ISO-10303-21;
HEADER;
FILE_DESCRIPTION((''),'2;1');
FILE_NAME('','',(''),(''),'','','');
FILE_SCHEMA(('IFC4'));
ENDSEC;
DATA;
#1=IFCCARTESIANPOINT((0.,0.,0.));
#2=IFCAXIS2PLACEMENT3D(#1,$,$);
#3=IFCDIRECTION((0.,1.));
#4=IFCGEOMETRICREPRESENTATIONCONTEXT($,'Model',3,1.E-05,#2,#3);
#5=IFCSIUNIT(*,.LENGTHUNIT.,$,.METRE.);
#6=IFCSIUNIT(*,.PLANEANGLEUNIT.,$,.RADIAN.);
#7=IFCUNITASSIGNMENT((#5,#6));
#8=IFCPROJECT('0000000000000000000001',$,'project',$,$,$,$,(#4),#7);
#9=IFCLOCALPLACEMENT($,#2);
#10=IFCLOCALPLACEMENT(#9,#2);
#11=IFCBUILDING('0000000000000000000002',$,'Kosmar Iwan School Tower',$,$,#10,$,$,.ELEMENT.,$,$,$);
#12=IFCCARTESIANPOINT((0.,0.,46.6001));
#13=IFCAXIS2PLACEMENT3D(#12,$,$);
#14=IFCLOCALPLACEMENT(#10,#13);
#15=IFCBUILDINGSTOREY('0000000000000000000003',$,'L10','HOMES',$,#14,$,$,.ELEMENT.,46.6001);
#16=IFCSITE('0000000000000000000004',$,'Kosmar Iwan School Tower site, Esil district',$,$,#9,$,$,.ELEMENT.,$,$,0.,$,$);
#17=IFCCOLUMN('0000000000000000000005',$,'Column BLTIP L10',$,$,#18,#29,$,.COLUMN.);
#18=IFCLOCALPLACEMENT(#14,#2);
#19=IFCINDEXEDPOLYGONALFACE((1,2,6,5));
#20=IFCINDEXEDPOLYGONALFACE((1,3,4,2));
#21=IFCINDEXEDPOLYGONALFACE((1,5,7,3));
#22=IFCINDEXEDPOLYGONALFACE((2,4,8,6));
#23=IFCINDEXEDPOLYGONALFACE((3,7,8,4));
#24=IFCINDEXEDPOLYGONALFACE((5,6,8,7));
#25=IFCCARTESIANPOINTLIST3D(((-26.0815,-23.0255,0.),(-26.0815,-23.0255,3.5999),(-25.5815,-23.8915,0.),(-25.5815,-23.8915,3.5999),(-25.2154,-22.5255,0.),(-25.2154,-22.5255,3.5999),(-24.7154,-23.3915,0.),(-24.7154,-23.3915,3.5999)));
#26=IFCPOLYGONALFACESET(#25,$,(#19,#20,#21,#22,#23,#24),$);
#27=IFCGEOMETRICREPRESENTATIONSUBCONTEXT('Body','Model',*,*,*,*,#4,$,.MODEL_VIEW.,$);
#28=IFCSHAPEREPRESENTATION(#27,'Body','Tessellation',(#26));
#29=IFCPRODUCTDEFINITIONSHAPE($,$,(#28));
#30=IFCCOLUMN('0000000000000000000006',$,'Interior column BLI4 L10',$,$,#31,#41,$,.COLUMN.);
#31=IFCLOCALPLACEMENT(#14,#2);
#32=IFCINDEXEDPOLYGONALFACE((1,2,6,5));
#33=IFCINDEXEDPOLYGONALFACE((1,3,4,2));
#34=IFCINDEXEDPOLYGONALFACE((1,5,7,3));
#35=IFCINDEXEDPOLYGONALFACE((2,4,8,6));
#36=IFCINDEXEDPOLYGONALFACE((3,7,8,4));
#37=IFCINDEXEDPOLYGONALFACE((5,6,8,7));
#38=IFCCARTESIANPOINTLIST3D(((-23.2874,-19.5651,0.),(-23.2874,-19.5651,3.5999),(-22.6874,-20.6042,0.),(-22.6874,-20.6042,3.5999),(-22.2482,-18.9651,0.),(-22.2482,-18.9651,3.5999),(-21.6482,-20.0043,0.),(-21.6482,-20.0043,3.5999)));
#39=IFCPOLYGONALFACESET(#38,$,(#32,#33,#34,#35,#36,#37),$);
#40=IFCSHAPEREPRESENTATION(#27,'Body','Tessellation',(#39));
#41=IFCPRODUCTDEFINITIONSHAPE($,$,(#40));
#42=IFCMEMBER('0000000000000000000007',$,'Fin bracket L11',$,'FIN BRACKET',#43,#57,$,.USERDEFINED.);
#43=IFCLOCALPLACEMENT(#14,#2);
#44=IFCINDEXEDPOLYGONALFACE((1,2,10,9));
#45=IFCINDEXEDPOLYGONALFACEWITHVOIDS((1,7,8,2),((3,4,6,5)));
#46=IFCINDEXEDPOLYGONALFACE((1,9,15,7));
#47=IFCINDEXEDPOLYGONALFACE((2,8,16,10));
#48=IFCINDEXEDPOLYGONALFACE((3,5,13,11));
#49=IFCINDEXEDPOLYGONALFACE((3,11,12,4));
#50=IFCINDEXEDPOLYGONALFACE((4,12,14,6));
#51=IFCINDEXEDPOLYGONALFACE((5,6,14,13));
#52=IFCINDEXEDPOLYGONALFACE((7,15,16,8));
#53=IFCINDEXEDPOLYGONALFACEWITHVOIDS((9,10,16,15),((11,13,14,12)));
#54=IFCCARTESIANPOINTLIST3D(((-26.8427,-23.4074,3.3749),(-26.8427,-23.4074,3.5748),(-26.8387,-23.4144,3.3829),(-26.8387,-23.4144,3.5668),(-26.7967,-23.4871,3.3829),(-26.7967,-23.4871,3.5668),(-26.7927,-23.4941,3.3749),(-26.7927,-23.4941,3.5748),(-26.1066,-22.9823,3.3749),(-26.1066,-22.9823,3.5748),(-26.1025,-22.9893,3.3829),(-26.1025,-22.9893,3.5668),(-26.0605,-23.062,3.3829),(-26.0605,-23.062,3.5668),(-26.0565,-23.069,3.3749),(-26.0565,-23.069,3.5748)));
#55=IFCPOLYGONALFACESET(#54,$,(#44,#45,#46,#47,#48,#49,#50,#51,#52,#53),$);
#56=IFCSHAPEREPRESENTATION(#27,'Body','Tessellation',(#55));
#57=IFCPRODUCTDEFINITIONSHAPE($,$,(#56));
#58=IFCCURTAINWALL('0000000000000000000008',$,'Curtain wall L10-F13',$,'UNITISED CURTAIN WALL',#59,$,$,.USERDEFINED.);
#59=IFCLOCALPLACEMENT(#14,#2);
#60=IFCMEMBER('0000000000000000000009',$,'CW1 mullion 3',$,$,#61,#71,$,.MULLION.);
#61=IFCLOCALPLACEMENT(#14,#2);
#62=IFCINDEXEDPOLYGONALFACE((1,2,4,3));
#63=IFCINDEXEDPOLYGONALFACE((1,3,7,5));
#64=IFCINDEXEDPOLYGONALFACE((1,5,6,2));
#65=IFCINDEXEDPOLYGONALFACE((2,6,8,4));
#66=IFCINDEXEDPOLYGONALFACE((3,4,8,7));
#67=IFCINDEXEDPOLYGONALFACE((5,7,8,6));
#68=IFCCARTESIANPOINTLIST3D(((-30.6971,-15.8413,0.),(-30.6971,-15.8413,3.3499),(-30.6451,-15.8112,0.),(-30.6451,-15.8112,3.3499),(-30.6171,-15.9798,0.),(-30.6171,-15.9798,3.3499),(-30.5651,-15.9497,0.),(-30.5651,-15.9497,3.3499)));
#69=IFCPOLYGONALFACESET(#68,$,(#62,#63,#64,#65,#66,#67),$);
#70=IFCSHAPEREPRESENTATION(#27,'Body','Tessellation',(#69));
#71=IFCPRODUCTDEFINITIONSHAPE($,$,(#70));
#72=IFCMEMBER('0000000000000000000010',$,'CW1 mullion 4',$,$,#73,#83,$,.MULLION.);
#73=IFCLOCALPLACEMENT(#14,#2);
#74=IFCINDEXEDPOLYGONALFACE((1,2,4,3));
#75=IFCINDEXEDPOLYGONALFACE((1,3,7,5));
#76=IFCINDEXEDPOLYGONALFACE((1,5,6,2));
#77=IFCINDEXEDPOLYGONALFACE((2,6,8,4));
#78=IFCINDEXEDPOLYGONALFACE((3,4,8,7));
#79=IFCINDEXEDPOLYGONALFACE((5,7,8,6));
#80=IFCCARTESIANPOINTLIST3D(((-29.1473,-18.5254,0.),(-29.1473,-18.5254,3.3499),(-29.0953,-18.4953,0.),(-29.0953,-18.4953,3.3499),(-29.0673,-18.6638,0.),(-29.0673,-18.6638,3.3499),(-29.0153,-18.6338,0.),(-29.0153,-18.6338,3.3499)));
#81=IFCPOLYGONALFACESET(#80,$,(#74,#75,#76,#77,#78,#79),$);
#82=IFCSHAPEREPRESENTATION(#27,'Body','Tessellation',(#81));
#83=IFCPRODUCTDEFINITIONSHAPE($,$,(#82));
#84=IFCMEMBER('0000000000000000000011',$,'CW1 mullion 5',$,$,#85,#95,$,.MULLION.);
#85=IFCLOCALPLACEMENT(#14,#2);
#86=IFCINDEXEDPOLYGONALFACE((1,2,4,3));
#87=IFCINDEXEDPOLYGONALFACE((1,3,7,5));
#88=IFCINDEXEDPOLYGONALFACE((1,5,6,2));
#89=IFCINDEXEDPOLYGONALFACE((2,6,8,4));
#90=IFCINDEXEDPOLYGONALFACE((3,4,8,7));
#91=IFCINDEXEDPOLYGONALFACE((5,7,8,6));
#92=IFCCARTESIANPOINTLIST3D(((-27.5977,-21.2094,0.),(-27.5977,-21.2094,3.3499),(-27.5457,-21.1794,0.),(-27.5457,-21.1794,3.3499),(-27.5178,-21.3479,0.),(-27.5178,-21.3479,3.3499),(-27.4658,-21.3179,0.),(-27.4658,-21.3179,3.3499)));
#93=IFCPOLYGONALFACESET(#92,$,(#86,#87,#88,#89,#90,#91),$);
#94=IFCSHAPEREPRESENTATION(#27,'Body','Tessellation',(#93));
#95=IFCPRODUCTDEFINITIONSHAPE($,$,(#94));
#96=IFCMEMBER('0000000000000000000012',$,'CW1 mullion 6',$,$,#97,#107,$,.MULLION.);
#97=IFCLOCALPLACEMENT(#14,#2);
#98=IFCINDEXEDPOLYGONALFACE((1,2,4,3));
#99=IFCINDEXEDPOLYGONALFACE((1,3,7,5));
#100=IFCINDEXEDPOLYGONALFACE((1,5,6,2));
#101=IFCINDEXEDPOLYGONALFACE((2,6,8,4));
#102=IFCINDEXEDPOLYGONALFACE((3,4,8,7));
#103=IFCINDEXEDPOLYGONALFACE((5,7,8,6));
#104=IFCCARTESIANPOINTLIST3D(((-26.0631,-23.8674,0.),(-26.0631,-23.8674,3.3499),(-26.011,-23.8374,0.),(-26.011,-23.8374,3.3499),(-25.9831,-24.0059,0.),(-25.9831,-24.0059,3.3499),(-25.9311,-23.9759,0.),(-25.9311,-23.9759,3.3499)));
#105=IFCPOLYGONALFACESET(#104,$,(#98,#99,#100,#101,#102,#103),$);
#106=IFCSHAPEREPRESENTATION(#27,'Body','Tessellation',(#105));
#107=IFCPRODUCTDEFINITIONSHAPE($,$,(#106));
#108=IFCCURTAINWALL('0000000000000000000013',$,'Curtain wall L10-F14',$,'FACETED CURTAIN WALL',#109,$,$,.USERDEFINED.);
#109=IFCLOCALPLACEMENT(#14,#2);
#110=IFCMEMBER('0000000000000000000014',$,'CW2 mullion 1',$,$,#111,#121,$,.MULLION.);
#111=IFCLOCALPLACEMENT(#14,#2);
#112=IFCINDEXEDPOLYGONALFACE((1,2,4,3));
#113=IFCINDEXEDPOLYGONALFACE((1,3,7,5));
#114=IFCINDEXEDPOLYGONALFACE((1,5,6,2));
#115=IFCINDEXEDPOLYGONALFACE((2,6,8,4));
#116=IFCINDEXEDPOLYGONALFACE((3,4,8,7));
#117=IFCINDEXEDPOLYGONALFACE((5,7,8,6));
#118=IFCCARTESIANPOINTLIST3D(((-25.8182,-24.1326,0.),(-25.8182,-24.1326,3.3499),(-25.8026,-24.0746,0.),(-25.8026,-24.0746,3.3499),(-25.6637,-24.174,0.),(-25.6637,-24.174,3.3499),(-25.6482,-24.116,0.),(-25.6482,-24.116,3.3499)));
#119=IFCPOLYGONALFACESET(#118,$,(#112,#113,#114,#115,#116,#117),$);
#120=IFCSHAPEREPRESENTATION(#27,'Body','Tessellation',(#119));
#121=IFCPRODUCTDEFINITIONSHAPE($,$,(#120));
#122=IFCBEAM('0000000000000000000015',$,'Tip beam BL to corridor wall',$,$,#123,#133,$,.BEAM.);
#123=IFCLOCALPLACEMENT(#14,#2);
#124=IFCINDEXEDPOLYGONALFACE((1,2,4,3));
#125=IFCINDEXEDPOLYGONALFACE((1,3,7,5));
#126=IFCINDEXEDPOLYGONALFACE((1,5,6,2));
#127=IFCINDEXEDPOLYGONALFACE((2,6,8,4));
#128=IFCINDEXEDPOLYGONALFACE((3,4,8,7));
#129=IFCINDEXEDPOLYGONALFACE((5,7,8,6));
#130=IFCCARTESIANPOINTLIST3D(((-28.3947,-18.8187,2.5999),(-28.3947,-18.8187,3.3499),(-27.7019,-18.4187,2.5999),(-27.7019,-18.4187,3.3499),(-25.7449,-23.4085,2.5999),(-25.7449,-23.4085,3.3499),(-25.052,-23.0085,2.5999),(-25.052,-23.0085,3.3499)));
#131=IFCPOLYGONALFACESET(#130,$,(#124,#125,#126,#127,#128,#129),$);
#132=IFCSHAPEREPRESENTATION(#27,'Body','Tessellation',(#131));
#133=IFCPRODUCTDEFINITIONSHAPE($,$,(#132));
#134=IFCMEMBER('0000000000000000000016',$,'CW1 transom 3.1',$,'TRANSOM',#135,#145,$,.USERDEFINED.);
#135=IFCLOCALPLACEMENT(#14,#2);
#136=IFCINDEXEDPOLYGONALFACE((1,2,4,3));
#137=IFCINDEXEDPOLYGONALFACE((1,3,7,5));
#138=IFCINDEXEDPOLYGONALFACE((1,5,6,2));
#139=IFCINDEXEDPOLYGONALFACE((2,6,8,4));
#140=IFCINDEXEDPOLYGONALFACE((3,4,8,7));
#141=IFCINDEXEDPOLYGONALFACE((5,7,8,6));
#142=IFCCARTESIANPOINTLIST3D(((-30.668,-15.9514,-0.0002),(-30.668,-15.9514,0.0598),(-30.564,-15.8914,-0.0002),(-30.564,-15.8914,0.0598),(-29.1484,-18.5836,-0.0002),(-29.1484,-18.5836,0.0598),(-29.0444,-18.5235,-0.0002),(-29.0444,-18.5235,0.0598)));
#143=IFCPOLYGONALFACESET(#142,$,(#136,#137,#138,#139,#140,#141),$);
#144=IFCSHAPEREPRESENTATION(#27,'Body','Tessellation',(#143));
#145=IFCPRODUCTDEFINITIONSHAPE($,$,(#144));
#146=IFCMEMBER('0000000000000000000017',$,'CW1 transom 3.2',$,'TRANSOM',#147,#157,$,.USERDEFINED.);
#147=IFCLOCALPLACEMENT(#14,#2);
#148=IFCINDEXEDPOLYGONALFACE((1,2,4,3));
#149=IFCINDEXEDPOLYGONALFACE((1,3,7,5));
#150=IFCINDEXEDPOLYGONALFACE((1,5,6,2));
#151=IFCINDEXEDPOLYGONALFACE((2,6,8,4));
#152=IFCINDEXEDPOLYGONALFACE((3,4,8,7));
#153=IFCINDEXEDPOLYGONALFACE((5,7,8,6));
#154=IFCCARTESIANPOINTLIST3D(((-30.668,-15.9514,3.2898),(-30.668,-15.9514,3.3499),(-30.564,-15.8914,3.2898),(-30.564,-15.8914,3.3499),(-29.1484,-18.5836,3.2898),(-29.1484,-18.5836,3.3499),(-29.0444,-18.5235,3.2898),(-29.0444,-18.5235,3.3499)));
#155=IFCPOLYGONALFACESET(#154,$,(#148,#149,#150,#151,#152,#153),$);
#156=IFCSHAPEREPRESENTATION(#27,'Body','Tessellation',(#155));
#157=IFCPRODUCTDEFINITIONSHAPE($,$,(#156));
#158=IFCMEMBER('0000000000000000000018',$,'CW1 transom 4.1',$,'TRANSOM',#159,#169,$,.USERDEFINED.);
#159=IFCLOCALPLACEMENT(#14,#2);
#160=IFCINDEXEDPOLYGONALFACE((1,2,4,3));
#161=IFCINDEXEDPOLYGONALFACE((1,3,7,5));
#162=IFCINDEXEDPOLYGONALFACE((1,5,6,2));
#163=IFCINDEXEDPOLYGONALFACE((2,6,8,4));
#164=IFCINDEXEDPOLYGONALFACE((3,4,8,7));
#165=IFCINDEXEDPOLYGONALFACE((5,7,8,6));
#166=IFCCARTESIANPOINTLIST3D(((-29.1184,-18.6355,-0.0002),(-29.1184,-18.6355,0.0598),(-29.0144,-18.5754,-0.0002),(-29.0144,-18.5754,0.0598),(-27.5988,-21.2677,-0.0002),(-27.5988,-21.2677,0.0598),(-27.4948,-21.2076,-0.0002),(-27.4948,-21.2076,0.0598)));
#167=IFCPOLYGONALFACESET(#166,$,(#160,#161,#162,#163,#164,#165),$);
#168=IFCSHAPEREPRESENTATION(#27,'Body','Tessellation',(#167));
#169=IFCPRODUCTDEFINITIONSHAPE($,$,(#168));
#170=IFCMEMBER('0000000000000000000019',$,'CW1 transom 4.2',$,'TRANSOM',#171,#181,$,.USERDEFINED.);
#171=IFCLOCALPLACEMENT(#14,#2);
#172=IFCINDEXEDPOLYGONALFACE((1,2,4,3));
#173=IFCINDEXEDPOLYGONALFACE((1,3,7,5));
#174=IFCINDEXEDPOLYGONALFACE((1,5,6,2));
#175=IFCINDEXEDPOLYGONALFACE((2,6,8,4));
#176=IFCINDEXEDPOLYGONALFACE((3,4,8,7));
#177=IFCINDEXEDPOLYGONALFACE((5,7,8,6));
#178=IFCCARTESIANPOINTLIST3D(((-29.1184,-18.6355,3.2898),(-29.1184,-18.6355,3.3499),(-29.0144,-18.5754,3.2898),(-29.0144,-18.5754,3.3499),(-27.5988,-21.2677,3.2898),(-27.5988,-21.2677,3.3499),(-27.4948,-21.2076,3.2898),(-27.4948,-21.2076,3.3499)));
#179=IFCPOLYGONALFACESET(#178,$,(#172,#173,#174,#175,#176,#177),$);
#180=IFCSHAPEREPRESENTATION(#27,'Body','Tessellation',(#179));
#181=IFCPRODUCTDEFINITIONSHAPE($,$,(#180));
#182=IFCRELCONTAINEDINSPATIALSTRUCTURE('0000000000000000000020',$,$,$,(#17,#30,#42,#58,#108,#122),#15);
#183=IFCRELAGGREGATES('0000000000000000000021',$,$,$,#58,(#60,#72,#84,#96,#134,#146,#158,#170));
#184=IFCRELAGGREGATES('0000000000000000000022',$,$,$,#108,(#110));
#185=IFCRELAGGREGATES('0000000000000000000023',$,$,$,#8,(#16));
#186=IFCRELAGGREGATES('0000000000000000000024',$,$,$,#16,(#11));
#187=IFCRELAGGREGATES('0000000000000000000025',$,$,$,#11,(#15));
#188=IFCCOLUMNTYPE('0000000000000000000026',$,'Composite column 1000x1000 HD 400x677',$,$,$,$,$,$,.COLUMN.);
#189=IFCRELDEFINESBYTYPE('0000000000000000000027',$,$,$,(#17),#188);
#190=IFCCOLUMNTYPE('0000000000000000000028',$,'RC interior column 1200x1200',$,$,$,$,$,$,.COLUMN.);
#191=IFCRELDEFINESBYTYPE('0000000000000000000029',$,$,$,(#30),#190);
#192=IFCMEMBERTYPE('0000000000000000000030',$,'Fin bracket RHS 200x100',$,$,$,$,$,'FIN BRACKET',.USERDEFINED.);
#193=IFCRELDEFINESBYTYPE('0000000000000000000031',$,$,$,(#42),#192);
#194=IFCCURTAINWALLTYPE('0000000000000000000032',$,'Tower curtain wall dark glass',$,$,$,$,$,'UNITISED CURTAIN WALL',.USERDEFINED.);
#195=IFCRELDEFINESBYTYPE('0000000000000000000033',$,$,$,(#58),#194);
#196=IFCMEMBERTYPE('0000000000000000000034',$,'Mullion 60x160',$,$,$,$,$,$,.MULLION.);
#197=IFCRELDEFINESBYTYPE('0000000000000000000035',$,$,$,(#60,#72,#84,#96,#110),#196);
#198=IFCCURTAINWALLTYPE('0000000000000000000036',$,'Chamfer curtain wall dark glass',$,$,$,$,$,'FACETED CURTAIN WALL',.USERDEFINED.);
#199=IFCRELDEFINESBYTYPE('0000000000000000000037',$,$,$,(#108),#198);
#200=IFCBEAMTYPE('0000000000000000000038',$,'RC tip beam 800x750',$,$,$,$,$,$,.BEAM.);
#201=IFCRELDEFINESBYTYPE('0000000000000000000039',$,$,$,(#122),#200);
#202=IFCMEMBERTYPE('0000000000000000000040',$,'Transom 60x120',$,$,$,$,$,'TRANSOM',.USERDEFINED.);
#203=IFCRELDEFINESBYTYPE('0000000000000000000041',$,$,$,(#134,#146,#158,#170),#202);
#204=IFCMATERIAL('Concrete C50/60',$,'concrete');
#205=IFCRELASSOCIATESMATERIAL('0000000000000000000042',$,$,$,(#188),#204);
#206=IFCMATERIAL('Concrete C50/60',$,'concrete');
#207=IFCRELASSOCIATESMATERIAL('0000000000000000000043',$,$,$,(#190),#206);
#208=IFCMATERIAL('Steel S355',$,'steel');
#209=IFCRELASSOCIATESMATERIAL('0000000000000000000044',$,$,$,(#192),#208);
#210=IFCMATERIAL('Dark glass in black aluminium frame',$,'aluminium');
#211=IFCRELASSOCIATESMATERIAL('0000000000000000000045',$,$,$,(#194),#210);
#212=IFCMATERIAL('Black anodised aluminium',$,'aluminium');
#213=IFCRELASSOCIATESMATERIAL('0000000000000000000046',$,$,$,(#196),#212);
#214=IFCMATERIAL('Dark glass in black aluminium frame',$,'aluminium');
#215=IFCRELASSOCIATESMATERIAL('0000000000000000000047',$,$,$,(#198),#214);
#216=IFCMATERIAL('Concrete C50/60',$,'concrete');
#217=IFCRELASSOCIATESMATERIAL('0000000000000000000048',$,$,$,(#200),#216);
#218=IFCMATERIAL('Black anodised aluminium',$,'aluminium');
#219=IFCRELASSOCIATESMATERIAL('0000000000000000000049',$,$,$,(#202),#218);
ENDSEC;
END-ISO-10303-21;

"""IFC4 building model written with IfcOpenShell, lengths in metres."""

from ifc_helpers import new_model, si_unit, direction, frame, origin, origin_2d, place, context, subcontext, project, spatial, rectangle, hollow_rectangle, extrude, material, material_profile, profile_set, type_object, element, aggregate, save


model = new_model("IFC4")

# Units and contexts
model_context = context("Model", 3, precision=1e-05, world=origin(), true_north=direction((0.0, 1.0)))
body_context = subcontext(model_context, "Body", "Model", "MODEL_VIEW")
ifc_project = project(units=[si_unit("LENGTHUNIT", "METRE"), si_unit("PLANEANGLEUNIT", "RADIAN")], contexts=[model_context])

# Site, building, storey
site_placement = place(None, origin())
site = spatial("IfcSite", under=ifc_project, at=site_placement, Name="Kosmar Iwan School Tower site, Esil district", CompositionType="ELEMENT", RefElevation=0.0)
building_placement = place(site_placement, origin())
building = spatial("IfcBuilding", under=site, at=building_placement, Name="Kosmar Iwan School Tower", CompositionType="ELEMENT")
storey_placement = place(building_placement, frame((0.0, 0.0, 46.6001)))
storey = spatial("IfcBuildingStorey", under=building, at=storey_placement, Name="L10", Description="HOMES", CompositionType="ELEMENT", Elevation=46.6001)

# Columns
ifc_material_1 = material(Name="Concrete C50/60", Category="concrete")
ifc_material_profile_1 = material_profile(ifc_material_1, rectangle(XDim=1.0, YDim=1.0, at=origin_2d()), Name="RC 1000x1000 + HD 400x677")
ifc_profile_set_1 = profile_set([ifc_material_profile_1], Name="Concrete C50/60")
column_type_1 = type_object("IfcColumnType", Name="Composite column 1000x1000 HD 400x677", PredefinedType="COLUMN", material=ifc_profile_set_1)
column_1_placement = place(storey_placement, frame((-25.3984, -23.2085, 0.0), z_axis=(0.0, 0.0, 1.0), x_axis=(-0.866025, -0.5, 0.0)))
element("IfcColumn", 1, at=column_1_placement, inside=storey, type_object=column_type_1, Name="Column BLTIP L10", PredefinedType="COLUMN", context=body_context, shape_type="SweptSolid", body=[
    extrude(rectangle(XDim=1.0, YDim=1.0, at=origin_2d()), origin(), (0.0, 0.0, 1.0), 3.5999),
])
ifc_material_2 = material(Name="Concrete C50/60", Category="concrete")
ifc_material_profile_2 = material_profile(ifc_material_2, rectangle(XDim=1.2, YDim=1.2, at=origin_2d()), Name="RC 1200x1200")
ifc_profile_set_2 = profile_set([ifc_material_profile_2], Name="Concrete C50/60")
column_type_2 = type_object("IfcColumnType", Name="RC interior column 1200x1200", PredefinedType="COLUMN", material=ifc_profile_set_2)
column_2_placement = place(storey_placement, frame((-22.4678, -19.7847, 0.0), z_axis=(0.0, 0.0, 1.0), x_axis=(-0.866025, -0.5, 0.0)))
element("IfcColumn", 2, at=column_2_placement, inside=storey, type_object=column_type_2, Name="Interior column BLI4 L10", PredefinedType="COLUMN", context=body_context, shape_type="SweptSolid", body=[
    extrude(rectangle(XDim=1.2, YDim=1.2, at=origin_2d()), origin(), (0.0, 0.0, 1.0), 3.5999),
])

# Member
ifc_material_3 = material(Name="Steel S355", Category="steel")
ifc_material_profile_3 = material_profile(ifc_material_3, hollow_rectangle(XDim=0.1001, YDim=0.2, WallThickness=0.0081, at=origin_2d()), Name="RHS 200x100x8")
ifc_profile_set_3 = profile_set([ifc_material_profile_3], Name="Steel S355")
member_type_1 = type_object("IfcMemberType", Name="Fin bracket RHS 200x100", ElementType="FIN BRACKET", PredefinedType="USERDEFINED", material=ifc_profile_set_3)
member_1_placement = place(storey_placement, frame((-26.0815, -23.0256, 3.4749), z_axis=(-0.865989, -0.500062, 0.0), x_axis=(0.500062, -0.865989, 0.0)))
element("IfcMember", 3, at=member_1_placement, inside=storey, type_object=member_type_1, Name="Fin bracket L11", ObjectType="FIN BRACKET", PredefinedType="USERDEFINED", context=body_context, shape_type="SweptSolid", body=[
    extrude(hollow_rectangle(XDim=0.1001, YDim=0.2, WallThickness=0.0081, at=origin_2d()), origin(), (0.0, 0.0, 1.0), 0.8501),
])

# Curtain wall, members
ifc_material_4 = material(Name="Dark glass in black aluminium frame", Category="aluminium")
curtain_wall_type_1 = type_object("IfcCurtainWallType", Name="Tower curtain wall dark glass", ElementType="UNITISED CURTAIN WALL", PredefinedType="USERDEFINED", material=ifc_material_4)
curtain_wall_1_placement = place(storey_placement, origin())
curtain_wall_1 = element("IfcCurtainWall", 4, at=curtain_wall_1_placement, inside=storey, type_object=curtain_wall_type_1, Name="Curtain wall L10-F13", ObjectType="UNITISED CURTAIN WALL", PredefinedType="USERDEFINED")
ifc_material_5 = material(Name="Black anodised aluminium", Category="aluminium")
ifc_material_profile_4 = material_profile(ifc_material_5, rectangle(XDim=0.0601, YDim=0.1599, at=origin_2d()), Name="MULLION 60x160")
ifc_profile_set_4 = profile_set([ifc_material_profile_4], Name="Black anodised aluminium")
member_type_2 = type_object("IfcMemberType", Name="Mullion 60x160", PredefinedType="MULLION", material=ifc_profile_set_4)
member_2_placement = place(storey_placement, frame((-30.6311, -15.8955, 0.0), z_axis=(0.0, 0.0, 1.0), x_axis=(0.866025, 0.5, 0.0)))
member_2 = element("IfcMember", 5, at=member_2_placement, type_object=member_type_2, Name="CW1 mullion 3", PredefinedType="MULLION", context=body_context, shape_type="SweptSolid", body=[
    extrude(rectangle(XDim=0.0601, YDim=0.1599, at=origin_2d()), origin(), (0.0, 0.0, 1.0), 3.3499),
])
member_3_placement = place(storey_placement, frame((-29.0813, -18.5796, 0.0), z_axis=(0.0, 0.0, 1.0), x_axis=(0.866025, 0.5, 0.0)))
member_3 = element("IfcMember", 6, at=member_3_placement, type_object=member_type_2, Name="CW1 mullion 4", PredefinedType="MULLION", context=body_context, shape_type="SweptSolid", body=[
    extrude(rectangle(XDim=0.0601, YDim=0.1599, at=origin_2d()), origin(), (0.0, 0.0, 1.0), 3.3499),
])
member_4_placement = place(storey_placement, frame((-27.5317, -21.2637, 0.0), z_axis=(0.0, 0.0, 1.0), x_axis=(0.866025, 0.5, 0.0)))
member_4 = element("IfcMember", 7, at=member_4_placement, type_object=member_type_2, Name="CW1 mullion 5", PredefinedType="MULLION", context=body_context, shape_type="SweptSolid", body=[
    extrude(rectangle(XDim=0.0601, YDim=0.1599, at=origin_2d()), origin(), (0.0, 0.0, 1.0), 3.3499),
])
member_5_placement = place(storey_placement, frame((-25.9971, -23.9216, 0.0), z_axis=(0.0, 0.0, 1.0), x_axis=(0.866025, 0.5, 0.0)))
member_5 = element("IfcMember", 8, at=member_5_placement, type_object=member_type_2, Name="CW1 mullion 6", PredefinedType="MULLION", context=body_context, shape_type="SweptSolid", body=[
    extrude(rectangle(XDim=0.0601, YDim=0.1599, at=origin_2d()), origin(), (0.0, 0.0, 1.0), 3.3499),
])

# Curtain wall, member
ifc_material_6 = material(Name="Dark glass in black aluminium frame", Category="aluminium")
curtain_wall_type_2 = type_object("IfcCurtainWallType", Name="Chamfer curtain wall dark glass", ElementType="FACETED CURTAIN WALL", PredefinedType="USERDEFINED", material=ifc_material_6)
curtain_wall_2_placement = place(storey_placement, origin())
curtain_wall_2 = element("IfcCurtainWall", 9, at=curtain_wall_2_placement, inside=storey, type_object=curtain_wall_type_2, Name="Curtain wall L10-F14", ObjectType="FACETED CURTAIN WALL", PredefinedType="USERDEFINED")
member_6_placement = place(storey_placement, frame((-25.7332, -24.1243, 0.0), z_axis=(0.0, 0.0, 1.0), x_axis=(0.258819, 0.965926, 0.0)))
member_6 = element("IfcMember", 10, at=member_6_placement, type_object=member_type_2, Name="CW2 mullion 1", PredefinedType="MULLION", context=body_context, shape_type="SweptSolid", body=[
    extrude(rectangle(XDim=0.0601, YDim=0.1599, at=origin_2d()), origin(), (0.0, 0.0, 1.0), 3.3499),
])

# Beam
ifc_material_7 = material(Name="Concrete C50/60", Category="concrete")
ifc_material_profile_5 = material_profile(ifc_material_7, rectangle(XDim=0.8, YDim=0.75, at=origin_2d()), Name="RC 800x750")
ifc_profile_set_5 = profile_set([ifc_material_profile_5], Name="Concrete C50/60")
beam_type = type_object("IfcBeamType", Name="RC tip beam 800x750", PredefinedType="BEAM", material=ifc_profile_set_5)
beam_placement = place(storey_placement, frame((-25.3984, -23.2085, 2.9749), z_axis=(-0.499994, 0.866029, 0.0), x_axis=(-0.866029, -0.499994, 0.0)))
element("IfcBeam", 11, at=beam_placement, inside=storey, type_object=beam_type, Name="Tip beam BL to corridor wall", PredefinedType="BEAM", context=body_context, shape_type="SweptSolid", body=[
    extrude(rectangle(XDim=0.8, YDim=0.75, at=origin_2d()), origin(), (0.0, 0.0, 1.0), 5.2998),
])

# Members
ifc_material_8 = material(Name="Black anodised aluminium", Category="aluminium")
ifc_material_profile_6 = material_profile(ifc_material_8, rectangle(XDim=0.1201, YDim=0.0601, at=origin_2d()), Name="TRANSOM 60x120")
ifc_profile_set_6 = profile_set([ifc_material_profile_6], Name="Black anodised aluminium")
member_type_3 = type_object("IfcMemberType", Name="Transom 60x120", ElementType="TRANSOM", PredefinedType="USERDEFINED", material=ifc_profile_set_6)
member_7_placement = place(storey_placement, frame((-30.616, -15.9214, 0.0298), z_axis=(0.499975, -0.86604, 0.0), x_axis=(0.86604, 0.499975, 0.0)))
member_7 = element("IfcMember", 12, at=member_7_placement, type_object=member_type_3, Name="CW1 transom 3.1", ObjectType="TRANSOM", PredefinedType="USERDEFINED", context=body_context, shape_type="SweptSolid", body=[
    extrude(rectangle(XDim=0.1201, YDim=0.0601, at=origin_2d()), origin(), (0.0, 0.0, 1.0), 3.0393),
])
member_8_placement = place(storey_placement, frame((-30.616, -15.9214, 3.3198), z_axis=(0.499975, -0.86604, 0.0), x_axis=(0.86604, 0.499975, 0.0)))
member_8 = element("IfcMember", 13, at=member_8_placement, type_object=member_type_3, Name="CW1 transom 3.2", ObjectType="TRANSOM", PredefinedType="USERDEFINED", context=body_context, shape_type="SweptSolid", body=[
    extrude(rectangle(XDim=0.1201, YDim=0.0601, at=origin_2d()), origin(), (0.0, 0.0, 1.0), 3.0393),
])
member_9_placement = place(storey_placement, frame((-29.0664, -18.6055, 0.0298), z_axis=(0.499975, -0.86604, 0.0), x_axis=(0.86604, 0.499975, 0.0)))
member_9 = element("IfcMember", 14, at=member_9_placement, type_object=member_type_3, Name="CW1 transom 4.1", ObjectType="TRANSOM", PredefinedType="USERDEFINED", context=body_context, shape_type="SweptSolid", body=[
    extrude(rectangle(XDim=0.1201, YDim=0.0601, at=origin_2d()), origin(), (0.0, 0.0, 1.0), 3.0393),
])
member_10_placement = place(storey_placement, frame((-29.0664, -18.6055, 3.3198), z_axis=(0.499975, -0.86604, 0.0), x_axis=(0.86604, 0.499975, 0.0)))
member_10 = element("IfcMember", 15, at=member_10_placement, type_object=member_type_3, Name="CW1 transom 4.2", ObjectType="TRANSOM", PredefinedType="USERDEFINED", context=body_context, shape_type="SweptSolid", body=[
    extrude(rectangle(XDim=0.1201, YDim=0.0601, at=origin_2d()), origin(), (0.0, 0.0, 1.0), 3.0393),
])

aggregate(curtain_wall_1, [member_2, member_3, member_4, member_5, member_7, member_8, member_9, member_10])
aggregate(curtain_wall_2, [member_6])

save(model, "model.ifc")
